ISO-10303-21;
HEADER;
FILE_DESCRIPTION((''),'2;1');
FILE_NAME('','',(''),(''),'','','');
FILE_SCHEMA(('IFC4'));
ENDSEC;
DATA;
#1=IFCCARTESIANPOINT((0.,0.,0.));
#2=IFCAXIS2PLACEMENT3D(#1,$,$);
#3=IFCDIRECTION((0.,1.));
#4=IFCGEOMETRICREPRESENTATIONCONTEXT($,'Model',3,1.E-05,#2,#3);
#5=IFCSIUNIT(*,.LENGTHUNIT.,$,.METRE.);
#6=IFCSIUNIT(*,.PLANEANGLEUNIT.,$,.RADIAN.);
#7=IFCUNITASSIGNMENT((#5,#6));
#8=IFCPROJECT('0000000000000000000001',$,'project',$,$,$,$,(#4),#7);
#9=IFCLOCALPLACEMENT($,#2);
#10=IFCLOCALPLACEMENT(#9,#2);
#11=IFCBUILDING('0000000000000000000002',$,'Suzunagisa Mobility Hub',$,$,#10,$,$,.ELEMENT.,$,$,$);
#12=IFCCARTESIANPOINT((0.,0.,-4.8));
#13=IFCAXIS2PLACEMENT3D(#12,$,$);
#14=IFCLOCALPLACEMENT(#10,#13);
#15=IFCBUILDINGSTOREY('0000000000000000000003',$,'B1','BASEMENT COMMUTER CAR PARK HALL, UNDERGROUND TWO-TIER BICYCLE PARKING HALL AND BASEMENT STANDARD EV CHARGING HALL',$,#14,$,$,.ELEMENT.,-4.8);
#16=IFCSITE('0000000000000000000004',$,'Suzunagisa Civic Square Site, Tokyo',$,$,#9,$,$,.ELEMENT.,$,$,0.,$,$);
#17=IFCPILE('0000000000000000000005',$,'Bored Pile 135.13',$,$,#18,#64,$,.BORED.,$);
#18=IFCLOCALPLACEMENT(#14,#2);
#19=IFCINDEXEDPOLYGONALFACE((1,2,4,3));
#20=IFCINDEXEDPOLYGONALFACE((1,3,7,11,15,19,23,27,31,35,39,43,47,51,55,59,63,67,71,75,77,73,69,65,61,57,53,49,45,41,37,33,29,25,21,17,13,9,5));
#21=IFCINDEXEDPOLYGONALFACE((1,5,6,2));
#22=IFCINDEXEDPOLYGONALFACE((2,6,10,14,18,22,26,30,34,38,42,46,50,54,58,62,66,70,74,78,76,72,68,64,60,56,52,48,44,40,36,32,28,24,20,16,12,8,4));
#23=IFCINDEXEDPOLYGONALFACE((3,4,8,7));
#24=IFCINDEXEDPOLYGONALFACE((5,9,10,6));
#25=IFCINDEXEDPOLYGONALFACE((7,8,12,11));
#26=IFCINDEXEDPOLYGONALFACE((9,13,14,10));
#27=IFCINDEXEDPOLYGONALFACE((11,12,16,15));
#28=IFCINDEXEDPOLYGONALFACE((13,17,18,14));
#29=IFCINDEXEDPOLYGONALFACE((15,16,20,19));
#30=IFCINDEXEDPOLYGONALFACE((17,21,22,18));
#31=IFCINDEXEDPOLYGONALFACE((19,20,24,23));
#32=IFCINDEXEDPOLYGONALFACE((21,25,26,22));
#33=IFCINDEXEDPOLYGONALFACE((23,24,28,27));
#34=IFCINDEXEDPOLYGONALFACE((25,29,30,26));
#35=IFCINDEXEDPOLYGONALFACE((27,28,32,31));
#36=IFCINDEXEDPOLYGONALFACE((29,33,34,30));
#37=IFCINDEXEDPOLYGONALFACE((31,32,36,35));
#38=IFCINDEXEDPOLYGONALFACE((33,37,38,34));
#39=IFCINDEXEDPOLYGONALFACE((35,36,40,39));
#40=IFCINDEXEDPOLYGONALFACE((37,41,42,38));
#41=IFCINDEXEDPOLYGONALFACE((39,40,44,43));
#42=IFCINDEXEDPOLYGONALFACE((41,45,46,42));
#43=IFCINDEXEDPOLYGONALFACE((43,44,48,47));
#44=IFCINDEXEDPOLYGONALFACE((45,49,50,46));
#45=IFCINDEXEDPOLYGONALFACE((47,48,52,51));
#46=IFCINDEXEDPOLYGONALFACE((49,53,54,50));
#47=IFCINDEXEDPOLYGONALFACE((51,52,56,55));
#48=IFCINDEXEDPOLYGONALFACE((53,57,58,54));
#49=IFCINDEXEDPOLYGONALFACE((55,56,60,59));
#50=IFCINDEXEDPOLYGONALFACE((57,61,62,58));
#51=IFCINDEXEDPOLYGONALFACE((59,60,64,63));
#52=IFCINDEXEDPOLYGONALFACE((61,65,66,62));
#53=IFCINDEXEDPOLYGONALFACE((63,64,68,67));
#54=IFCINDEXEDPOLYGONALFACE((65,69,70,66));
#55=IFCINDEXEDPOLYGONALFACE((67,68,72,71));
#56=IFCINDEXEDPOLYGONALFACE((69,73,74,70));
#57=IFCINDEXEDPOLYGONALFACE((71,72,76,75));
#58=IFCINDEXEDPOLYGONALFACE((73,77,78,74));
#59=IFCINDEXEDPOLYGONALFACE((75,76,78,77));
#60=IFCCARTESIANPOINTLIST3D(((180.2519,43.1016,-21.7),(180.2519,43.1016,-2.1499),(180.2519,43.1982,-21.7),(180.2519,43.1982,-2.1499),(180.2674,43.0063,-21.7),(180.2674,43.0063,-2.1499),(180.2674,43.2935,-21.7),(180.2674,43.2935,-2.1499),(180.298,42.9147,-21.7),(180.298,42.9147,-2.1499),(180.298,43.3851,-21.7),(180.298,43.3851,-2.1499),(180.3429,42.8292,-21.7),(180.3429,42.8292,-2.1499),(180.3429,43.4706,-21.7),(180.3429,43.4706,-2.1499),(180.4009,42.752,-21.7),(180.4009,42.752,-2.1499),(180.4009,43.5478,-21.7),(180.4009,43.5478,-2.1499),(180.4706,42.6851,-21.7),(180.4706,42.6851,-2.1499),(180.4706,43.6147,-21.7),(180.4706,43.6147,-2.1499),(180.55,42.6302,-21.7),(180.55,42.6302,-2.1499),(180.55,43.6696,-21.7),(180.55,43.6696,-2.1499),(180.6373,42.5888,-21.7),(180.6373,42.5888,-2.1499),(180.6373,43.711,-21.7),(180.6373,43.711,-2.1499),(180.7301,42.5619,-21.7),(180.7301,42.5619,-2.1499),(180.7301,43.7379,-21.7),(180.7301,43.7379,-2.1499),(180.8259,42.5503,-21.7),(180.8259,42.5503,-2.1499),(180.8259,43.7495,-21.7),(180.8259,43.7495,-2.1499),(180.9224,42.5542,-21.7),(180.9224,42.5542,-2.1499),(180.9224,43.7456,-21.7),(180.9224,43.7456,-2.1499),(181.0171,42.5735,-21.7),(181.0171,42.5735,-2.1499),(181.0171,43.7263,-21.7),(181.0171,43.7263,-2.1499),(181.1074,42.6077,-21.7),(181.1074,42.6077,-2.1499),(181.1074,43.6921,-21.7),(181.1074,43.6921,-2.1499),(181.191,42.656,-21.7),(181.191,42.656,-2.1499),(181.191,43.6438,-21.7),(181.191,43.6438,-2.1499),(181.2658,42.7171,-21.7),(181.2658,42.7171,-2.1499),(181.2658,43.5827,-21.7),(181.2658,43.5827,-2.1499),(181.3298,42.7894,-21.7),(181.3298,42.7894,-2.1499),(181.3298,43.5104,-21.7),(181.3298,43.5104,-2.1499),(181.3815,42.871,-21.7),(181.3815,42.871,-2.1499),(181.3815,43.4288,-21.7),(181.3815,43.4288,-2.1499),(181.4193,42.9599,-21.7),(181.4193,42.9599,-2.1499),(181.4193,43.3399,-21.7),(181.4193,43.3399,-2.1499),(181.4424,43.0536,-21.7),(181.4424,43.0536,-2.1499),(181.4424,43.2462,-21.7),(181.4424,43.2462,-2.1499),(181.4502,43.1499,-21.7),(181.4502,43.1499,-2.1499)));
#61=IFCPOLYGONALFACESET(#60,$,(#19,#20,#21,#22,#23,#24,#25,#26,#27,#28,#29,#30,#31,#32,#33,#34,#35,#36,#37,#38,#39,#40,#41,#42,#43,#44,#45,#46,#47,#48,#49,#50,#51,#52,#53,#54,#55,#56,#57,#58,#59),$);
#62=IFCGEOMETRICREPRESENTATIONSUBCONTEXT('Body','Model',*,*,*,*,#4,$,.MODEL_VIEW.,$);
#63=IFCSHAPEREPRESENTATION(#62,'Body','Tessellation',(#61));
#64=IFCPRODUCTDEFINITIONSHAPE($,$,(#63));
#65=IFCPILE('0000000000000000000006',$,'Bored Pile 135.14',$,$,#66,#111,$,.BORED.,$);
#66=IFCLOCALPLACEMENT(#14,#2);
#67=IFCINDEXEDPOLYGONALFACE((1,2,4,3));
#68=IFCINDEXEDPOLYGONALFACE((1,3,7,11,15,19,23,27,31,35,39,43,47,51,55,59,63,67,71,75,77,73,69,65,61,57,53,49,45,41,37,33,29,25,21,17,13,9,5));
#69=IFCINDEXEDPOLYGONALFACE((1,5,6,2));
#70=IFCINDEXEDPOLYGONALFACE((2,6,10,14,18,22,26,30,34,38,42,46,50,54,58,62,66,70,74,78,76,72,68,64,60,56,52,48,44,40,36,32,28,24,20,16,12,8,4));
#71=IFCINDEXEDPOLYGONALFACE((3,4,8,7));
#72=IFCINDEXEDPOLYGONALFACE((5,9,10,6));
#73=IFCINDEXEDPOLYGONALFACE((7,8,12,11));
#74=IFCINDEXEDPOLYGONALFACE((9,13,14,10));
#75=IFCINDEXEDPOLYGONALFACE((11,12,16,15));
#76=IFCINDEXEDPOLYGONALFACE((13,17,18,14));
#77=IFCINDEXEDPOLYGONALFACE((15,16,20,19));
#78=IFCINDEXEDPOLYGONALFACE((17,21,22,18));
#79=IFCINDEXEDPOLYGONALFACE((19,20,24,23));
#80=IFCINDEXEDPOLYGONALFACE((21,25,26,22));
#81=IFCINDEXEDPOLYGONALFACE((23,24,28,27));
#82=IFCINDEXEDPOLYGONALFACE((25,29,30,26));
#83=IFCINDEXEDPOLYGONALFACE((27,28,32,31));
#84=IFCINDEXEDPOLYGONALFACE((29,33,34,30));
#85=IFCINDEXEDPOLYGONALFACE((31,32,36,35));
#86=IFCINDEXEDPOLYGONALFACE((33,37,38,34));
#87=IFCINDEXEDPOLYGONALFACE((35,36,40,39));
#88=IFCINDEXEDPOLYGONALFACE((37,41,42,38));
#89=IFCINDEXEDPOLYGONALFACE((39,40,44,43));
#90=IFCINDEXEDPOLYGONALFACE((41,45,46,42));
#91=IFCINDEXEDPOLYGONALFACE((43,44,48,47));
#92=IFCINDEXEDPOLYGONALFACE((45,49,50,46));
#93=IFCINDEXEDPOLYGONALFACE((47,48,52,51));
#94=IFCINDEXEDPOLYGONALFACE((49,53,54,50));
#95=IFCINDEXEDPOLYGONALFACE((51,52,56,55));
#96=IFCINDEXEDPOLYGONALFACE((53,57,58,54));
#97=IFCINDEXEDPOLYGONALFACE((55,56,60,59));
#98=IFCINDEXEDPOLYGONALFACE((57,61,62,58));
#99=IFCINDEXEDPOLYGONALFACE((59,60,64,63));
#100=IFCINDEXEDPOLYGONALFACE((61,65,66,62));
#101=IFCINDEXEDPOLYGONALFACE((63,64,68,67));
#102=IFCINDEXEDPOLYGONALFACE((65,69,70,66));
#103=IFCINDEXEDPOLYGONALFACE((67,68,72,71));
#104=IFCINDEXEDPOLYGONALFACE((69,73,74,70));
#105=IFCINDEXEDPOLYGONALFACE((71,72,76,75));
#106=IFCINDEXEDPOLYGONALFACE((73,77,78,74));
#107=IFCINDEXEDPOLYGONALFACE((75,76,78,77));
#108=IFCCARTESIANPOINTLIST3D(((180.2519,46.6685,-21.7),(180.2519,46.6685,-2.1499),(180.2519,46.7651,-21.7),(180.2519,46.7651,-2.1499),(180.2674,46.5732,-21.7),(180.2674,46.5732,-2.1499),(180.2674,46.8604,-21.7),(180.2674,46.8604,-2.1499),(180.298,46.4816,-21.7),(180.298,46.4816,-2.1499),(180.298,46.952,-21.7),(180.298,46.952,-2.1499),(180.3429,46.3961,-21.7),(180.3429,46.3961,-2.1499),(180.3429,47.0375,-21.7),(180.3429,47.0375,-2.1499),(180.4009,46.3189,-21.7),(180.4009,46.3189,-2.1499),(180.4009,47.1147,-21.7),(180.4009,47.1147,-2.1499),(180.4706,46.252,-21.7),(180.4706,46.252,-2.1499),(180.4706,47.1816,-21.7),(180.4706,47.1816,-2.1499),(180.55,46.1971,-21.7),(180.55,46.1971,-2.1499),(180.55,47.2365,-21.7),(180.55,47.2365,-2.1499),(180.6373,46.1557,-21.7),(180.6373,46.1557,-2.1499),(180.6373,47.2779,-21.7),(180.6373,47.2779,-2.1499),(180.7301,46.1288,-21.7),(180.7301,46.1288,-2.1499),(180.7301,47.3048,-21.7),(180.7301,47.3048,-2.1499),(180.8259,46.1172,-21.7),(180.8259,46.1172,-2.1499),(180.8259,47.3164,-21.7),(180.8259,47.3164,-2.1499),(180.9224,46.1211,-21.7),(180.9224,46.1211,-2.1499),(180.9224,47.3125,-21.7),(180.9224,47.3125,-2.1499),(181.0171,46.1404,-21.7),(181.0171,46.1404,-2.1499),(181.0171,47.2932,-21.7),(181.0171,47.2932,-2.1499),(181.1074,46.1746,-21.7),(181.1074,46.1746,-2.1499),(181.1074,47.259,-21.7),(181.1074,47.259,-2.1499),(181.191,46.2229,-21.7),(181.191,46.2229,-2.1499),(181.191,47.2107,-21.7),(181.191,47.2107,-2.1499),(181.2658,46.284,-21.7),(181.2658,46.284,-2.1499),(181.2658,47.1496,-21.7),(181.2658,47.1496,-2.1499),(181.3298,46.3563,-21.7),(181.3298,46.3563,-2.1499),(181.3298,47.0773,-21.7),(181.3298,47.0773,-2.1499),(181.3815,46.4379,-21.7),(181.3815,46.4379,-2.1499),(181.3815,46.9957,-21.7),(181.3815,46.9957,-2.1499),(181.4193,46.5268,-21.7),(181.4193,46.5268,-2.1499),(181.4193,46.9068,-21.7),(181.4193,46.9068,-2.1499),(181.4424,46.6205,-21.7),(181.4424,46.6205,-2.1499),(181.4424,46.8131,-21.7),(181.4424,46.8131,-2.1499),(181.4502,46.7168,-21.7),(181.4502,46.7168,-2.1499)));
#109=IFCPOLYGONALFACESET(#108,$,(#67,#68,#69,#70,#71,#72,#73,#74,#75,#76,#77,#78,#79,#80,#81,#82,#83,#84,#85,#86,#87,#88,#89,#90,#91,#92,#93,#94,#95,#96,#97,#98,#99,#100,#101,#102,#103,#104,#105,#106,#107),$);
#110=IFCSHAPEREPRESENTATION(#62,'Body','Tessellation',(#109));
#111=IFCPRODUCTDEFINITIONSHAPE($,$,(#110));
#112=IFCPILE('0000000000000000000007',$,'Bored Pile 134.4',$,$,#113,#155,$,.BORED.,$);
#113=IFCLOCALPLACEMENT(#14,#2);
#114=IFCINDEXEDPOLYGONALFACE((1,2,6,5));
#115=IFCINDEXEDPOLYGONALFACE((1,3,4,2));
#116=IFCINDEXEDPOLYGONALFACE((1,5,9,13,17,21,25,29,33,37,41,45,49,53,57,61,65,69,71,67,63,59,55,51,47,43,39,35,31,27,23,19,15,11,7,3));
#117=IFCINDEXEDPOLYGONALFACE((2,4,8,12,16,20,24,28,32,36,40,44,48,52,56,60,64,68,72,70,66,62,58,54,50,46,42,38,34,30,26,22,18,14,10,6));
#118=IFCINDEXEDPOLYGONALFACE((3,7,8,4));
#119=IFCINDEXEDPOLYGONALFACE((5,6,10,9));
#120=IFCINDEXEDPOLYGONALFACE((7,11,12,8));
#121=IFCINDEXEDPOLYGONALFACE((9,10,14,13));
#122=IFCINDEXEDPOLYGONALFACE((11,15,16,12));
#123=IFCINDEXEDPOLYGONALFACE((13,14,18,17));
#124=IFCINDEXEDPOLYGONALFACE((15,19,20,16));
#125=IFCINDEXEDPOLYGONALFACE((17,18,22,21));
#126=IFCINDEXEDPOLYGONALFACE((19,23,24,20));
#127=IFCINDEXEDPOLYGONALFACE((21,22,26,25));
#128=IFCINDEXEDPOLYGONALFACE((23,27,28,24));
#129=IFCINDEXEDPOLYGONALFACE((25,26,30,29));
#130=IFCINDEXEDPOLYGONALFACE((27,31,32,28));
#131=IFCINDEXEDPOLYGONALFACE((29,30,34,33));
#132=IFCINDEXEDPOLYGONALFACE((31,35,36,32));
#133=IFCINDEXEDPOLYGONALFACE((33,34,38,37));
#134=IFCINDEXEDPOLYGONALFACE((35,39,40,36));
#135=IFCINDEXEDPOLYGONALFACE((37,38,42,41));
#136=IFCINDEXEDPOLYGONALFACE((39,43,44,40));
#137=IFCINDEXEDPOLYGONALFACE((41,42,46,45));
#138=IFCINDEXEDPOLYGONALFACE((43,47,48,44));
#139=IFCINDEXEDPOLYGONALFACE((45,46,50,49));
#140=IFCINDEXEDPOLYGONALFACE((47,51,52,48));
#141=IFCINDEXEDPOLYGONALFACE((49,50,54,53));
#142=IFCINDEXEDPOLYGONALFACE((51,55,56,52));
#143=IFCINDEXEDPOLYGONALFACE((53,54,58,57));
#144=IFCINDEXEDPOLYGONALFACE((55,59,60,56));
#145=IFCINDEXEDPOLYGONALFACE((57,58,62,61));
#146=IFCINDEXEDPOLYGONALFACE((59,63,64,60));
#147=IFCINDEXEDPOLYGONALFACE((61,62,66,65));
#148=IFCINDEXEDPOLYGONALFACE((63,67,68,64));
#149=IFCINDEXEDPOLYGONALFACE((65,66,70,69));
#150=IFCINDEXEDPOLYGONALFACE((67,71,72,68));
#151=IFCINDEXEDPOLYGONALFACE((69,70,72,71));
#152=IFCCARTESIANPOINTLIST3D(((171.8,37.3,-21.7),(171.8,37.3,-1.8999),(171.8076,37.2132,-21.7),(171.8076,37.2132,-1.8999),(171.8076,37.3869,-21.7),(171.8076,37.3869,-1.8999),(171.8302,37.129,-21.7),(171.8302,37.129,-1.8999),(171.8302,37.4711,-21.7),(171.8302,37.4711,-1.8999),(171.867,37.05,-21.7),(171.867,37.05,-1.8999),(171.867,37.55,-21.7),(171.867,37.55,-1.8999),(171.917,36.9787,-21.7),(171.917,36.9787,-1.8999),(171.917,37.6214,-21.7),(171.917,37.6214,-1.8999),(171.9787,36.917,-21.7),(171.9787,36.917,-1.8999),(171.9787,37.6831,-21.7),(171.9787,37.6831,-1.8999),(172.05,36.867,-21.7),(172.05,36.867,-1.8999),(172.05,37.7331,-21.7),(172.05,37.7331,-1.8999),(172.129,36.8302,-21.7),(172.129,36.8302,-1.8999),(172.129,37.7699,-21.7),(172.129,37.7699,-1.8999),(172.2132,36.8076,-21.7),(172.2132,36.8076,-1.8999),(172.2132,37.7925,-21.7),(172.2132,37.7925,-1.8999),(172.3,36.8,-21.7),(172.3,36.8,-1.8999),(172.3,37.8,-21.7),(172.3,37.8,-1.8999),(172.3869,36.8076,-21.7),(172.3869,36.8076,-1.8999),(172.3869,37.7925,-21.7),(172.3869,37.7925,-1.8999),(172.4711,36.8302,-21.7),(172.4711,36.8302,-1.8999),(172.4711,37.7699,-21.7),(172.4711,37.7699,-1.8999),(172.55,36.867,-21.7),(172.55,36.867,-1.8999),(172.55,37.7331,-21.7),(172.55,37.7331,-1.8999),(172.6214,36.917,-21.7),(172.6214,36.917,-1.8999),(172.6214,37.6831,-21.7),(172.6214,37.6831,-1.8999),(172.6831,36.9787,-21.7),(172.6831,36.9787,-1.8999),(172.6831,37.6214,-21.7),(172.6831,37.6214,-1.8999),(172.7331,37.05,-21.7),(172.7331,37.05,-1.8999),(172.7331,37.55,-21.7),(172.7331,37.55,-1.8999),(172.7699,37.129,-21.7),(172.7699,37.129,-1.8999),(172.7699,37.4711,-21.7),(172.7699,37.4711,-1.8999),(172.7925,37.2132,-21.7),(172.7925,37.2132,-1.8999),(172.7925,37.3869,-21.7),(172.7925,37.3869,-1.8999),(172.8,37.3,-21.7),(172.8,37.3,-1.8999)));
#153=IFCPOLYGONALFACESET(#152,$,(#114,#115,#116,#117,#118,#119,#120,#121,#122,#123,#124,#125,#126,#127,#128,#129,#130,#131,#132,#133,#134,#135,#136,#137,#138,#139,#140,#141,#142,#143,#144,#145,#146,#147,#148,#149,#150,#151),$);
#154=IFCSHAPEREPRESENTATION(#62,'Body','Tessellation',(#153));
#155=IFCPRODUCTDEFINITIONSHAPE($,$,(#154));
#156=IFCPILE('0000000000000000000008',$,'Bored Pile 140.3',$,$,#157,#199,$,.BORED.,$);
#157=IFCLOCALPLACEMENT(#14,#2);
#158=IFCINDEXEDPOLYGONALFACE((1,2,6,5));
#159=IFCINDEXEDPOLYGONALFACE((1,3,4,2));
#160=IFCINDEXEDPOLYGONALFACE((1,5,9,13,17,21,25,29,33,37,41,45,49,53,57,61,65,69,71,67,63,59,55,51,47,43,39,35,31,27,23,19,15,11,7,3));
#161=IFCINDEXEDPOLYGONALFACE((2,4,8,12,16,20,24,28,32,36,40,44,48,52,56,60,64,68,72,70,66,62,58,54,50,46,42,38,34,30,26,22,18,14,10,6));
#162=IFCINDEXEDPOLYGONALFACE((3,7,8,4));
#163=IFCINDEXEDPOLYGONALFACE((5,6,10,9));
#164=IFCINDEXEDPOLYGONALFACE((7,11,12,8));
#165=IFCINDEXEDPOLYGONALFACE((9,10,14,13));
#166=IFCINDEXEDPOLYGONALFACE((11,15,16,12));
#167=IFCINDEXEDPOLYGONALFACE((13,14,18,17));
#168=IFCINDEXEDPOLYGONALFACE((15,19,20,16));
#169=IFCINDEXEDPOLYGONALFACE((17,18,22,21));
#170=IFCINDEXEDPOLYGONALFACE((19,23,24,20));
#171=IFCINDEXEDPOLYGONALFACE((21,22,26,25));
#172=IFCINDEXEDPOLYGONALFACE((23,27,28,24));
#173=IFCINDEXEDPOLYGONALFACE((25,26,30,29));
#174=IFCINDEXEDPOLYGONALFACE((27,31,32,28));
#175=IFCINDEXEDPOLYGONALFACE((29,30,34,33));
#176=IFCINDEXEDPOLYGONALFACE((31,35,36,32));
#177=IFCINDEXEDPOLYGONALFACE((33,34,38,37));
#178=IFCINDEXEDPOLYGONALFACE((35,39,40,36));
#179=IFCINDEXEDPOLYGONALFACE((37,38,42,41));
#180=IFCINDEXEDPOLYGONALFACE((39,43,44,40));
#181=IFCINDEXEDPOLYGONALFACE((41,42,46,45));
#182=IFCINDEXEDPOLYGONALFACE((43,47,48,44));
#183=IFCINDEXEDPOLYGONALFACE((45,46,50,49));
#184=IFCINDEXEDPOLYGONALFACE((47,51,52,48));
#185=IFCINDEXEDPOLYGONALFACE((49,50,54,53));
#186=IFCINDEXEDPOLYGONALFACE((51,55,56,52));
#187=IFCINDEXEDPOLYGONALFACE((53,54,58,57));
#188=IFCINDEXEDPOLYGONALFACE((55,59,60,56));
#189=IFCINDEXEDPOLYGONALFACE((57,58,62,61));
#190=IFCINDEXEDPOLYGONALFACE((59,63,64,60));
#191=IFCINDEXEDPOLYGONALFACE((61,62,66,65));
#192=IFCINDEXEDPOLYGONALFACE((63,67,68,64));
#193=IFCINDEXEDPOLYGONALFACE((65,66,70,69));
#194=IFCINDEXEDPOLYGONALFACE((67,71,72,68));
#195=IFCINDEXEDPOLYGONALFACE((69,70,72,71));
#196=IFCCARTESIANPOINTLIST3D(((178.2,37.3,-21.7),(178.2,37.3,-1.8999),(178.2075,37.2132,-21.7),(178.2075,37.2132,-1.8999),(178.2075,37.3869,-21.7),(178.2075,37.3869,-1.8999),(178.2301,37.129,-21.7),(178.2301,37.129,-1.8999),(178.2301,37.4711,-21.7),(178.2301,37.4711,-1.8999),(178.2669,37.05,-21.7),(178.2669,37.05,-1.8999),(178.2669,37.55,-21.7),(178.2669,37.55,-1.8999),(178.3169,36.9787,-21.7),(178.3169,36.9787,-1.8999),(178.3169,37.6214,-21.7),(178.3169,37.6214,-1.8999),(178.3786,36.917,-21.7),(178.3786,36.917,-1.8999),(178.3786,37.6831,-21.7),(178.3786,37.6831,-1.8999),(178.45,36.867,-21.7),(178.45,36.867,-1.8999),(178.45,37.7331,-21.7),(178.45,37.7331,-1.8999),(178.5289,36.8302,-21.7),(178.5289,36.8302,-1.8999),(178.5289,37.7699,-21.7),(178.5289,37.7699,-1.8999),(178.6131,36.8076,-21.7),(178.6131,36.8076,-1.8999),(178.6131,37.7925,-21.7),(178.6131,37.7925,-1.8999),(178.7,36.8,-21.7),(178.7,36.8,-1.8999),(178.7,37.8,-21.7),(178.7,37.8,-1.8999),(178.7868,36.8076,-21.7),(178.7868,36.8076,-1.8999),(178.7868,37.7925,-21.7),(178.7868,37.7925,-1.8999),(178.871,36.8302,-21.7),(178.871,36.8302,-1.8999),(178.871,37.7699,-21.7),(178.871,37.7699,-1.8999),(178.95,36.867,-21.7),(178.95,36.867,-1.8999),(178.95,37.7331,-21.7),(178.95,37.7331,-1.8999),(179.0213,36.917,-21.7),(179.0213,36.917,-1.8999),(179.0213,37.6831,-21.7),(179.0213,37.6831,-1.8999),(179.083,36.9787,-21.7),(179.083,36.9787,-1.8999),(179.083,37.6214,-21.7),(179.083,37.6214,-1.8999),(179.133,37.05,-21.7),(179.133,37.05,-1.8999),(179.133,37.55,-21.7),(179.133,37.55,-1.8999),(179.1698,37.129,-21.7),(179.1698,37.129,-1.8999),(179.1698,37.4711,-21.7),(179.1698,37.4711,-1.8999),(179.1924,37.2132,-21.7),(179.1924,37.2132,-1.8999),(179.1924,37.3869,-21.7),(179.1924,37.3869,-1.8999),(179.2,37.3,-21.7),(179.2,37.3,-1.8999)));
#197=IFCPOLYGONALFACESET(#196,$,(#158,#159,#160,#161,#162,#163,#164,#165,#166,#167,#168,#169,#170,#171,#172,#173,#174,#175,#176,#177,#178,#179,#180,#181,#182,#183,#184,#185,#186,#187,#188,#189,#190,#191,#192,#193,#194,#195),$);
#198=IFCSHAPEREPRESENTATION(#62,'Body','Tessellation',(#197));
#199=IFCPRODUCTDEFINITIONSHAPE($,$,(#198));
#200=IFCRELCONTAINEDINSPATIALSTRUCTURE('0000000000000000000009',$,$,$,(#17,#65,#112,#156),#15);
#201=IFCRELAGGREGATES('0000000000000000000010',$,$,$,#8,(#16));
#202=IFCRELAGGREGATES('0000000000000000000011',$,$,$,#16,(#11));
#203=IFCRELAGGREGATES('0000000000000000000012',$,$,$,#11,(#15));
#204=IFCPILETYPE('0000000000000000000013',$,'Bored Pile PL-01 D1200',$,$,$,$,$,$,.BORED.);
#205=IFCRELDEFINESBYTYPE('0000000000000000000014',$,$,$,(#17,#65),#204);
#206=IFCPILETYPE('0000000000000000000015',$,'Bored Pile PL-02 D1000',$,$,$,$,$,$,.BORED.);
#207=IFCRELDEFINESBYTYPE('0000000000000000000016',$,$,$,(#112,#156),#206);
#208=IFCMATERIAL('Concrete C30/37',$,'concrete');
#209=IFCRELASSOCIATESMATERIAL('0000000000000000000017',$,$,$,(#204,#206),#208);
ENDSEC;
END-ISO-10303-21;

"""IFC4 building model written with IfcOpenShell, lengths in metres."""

from ifc_helpers import new_model, si_unit, direction, frame, origin, origin_2d, place, context, subcontext, project, spatial, circle, extrude, material, material_profile, profile_set, type_object, element, save


model = new_model("IFC4")

# Units and contexts
model_context = context("Model", 3, precision=1e-05, world=origin(), true_north=direction((0.0, 1.0)))
body_context = subcontext(model_context, "Body", "Model", "MODEL_VIEW")
ifc_project = project(units=[si_unit("LENGTHUNIT", "METRE"), si_unit("PLANEANGLEUNIT", "RADIAN")], contexts=[model_context])

# Site, building, storey
site_placement = place(None, origin())
site = spatial("IfcSite", under=ifc_project, at=site_placement, Name="Suzunagisa Civic Square Site, Tokyo", CompositionType="ELEMENT", RefElevation=0.0)
building_placement = place(site_placement, origin())
building = spatial("IfcBuilding", under=site, at=building_placement, Name="Suzunagisa Mobility Hub", CompositionType="ELEMENT")
storey_placement = place(building_placement, frame((0.0, 0.0, -4.8)))
storey = spatial("IfcBuildingStorey", under=building, at=storey_placement, Name="B1", Description="BASEMENT COMMUTER CAR PARK HALL, UNDERGROUND TWO-TIER BICYCLE PARKING HALL AND BASEMENT STANDARD EV CHARGING HALL", CompositionType="ELEMENT", Elevation=-4.8)

# Piles
ifc_material_1 = material(Name="Concrete C30/37", Category="concrete")
ifc_material_profile_1 = material_profile(ifc_material_1, circle(Radius=0.6001, at=origin_2d()), Name="BORED PILE D1200")
ifc_profile_set_1 = profile_set([ifc_material_profile_1], Name="Concrete C30/37")
pile_type_1 = type_object("IfcPileType", Name="Bored Pile PL-01 D1200", PredefinedType="BORED", material=ifc_profile_set_1)
for number, where, z_axis, x_axis, name in (
    (1, (180.8501, 43.1499, -2.1499), (0.0, 0.0, -1.0), (1.0, 0.0, 0.0), "Bored Pile 135.13"),
    (2, (180.8501, 46.7168, -2.1499), (0.0, 0.0, -1.0), (1.0, 0.0, 0.0), "Bored Pile 135.14"),
):
    element("IfcPile", number, at=place(storey_placement, frame(where, z_axis=z_axis, x_axis=x_axis)), inside=storey, type_object=pile_type_1, Name=name, PredefinedType="BORED", context=body_context, shape_type="SweptSolid", body=[
        extrude(circle(Radius=0.6001, at=origin_2d()), origin(), (0.0, 0.0, 1.0), 19.55),
    ])
ifc_material_profile_2 = material_profile(ifc_material_1, circle(Radius=0.5, at=origin_2d()), Name="BORED PILE D1000")
ifc_profile_set_2 = profile_set([ifc_material_profile_2], Name="Concrete C30/37")
pile_type_2 = type_object("IfcPileType", Name="Bored Pile PL-02 D1000", PredefinedType="BORED", material=ifc_profile_set_2)
for number, where, z_axis, x_axis, name in (
    (3, (172.3, 37.3, -1.8999), (0.0, 0.0, -1.0), (1.0, 0.0, 0.0), "Bored Pile 134.4"),
    (4, (178.7, 37.3, -1.8999), (0.0, 0.0, -1.0), (1.0, 0.0, 0.0), "Bored Pile 140.3"),
):
    element("IfcPile", number, at=place(storey_placement, frame(where, z_axis=z_axis, x_axis=x_axis)), inside=storey, type_object=pile_type_2, Name=name, PredefinedType="BORED", context=body_context, shape_type="SweptSolid", body=[
        extrude(circle(Radius=0.5, at=origin_2d()), origin(), (0.0, 0.0, 1.0), 19.8),
    ])

save(model, "model.ifc")
